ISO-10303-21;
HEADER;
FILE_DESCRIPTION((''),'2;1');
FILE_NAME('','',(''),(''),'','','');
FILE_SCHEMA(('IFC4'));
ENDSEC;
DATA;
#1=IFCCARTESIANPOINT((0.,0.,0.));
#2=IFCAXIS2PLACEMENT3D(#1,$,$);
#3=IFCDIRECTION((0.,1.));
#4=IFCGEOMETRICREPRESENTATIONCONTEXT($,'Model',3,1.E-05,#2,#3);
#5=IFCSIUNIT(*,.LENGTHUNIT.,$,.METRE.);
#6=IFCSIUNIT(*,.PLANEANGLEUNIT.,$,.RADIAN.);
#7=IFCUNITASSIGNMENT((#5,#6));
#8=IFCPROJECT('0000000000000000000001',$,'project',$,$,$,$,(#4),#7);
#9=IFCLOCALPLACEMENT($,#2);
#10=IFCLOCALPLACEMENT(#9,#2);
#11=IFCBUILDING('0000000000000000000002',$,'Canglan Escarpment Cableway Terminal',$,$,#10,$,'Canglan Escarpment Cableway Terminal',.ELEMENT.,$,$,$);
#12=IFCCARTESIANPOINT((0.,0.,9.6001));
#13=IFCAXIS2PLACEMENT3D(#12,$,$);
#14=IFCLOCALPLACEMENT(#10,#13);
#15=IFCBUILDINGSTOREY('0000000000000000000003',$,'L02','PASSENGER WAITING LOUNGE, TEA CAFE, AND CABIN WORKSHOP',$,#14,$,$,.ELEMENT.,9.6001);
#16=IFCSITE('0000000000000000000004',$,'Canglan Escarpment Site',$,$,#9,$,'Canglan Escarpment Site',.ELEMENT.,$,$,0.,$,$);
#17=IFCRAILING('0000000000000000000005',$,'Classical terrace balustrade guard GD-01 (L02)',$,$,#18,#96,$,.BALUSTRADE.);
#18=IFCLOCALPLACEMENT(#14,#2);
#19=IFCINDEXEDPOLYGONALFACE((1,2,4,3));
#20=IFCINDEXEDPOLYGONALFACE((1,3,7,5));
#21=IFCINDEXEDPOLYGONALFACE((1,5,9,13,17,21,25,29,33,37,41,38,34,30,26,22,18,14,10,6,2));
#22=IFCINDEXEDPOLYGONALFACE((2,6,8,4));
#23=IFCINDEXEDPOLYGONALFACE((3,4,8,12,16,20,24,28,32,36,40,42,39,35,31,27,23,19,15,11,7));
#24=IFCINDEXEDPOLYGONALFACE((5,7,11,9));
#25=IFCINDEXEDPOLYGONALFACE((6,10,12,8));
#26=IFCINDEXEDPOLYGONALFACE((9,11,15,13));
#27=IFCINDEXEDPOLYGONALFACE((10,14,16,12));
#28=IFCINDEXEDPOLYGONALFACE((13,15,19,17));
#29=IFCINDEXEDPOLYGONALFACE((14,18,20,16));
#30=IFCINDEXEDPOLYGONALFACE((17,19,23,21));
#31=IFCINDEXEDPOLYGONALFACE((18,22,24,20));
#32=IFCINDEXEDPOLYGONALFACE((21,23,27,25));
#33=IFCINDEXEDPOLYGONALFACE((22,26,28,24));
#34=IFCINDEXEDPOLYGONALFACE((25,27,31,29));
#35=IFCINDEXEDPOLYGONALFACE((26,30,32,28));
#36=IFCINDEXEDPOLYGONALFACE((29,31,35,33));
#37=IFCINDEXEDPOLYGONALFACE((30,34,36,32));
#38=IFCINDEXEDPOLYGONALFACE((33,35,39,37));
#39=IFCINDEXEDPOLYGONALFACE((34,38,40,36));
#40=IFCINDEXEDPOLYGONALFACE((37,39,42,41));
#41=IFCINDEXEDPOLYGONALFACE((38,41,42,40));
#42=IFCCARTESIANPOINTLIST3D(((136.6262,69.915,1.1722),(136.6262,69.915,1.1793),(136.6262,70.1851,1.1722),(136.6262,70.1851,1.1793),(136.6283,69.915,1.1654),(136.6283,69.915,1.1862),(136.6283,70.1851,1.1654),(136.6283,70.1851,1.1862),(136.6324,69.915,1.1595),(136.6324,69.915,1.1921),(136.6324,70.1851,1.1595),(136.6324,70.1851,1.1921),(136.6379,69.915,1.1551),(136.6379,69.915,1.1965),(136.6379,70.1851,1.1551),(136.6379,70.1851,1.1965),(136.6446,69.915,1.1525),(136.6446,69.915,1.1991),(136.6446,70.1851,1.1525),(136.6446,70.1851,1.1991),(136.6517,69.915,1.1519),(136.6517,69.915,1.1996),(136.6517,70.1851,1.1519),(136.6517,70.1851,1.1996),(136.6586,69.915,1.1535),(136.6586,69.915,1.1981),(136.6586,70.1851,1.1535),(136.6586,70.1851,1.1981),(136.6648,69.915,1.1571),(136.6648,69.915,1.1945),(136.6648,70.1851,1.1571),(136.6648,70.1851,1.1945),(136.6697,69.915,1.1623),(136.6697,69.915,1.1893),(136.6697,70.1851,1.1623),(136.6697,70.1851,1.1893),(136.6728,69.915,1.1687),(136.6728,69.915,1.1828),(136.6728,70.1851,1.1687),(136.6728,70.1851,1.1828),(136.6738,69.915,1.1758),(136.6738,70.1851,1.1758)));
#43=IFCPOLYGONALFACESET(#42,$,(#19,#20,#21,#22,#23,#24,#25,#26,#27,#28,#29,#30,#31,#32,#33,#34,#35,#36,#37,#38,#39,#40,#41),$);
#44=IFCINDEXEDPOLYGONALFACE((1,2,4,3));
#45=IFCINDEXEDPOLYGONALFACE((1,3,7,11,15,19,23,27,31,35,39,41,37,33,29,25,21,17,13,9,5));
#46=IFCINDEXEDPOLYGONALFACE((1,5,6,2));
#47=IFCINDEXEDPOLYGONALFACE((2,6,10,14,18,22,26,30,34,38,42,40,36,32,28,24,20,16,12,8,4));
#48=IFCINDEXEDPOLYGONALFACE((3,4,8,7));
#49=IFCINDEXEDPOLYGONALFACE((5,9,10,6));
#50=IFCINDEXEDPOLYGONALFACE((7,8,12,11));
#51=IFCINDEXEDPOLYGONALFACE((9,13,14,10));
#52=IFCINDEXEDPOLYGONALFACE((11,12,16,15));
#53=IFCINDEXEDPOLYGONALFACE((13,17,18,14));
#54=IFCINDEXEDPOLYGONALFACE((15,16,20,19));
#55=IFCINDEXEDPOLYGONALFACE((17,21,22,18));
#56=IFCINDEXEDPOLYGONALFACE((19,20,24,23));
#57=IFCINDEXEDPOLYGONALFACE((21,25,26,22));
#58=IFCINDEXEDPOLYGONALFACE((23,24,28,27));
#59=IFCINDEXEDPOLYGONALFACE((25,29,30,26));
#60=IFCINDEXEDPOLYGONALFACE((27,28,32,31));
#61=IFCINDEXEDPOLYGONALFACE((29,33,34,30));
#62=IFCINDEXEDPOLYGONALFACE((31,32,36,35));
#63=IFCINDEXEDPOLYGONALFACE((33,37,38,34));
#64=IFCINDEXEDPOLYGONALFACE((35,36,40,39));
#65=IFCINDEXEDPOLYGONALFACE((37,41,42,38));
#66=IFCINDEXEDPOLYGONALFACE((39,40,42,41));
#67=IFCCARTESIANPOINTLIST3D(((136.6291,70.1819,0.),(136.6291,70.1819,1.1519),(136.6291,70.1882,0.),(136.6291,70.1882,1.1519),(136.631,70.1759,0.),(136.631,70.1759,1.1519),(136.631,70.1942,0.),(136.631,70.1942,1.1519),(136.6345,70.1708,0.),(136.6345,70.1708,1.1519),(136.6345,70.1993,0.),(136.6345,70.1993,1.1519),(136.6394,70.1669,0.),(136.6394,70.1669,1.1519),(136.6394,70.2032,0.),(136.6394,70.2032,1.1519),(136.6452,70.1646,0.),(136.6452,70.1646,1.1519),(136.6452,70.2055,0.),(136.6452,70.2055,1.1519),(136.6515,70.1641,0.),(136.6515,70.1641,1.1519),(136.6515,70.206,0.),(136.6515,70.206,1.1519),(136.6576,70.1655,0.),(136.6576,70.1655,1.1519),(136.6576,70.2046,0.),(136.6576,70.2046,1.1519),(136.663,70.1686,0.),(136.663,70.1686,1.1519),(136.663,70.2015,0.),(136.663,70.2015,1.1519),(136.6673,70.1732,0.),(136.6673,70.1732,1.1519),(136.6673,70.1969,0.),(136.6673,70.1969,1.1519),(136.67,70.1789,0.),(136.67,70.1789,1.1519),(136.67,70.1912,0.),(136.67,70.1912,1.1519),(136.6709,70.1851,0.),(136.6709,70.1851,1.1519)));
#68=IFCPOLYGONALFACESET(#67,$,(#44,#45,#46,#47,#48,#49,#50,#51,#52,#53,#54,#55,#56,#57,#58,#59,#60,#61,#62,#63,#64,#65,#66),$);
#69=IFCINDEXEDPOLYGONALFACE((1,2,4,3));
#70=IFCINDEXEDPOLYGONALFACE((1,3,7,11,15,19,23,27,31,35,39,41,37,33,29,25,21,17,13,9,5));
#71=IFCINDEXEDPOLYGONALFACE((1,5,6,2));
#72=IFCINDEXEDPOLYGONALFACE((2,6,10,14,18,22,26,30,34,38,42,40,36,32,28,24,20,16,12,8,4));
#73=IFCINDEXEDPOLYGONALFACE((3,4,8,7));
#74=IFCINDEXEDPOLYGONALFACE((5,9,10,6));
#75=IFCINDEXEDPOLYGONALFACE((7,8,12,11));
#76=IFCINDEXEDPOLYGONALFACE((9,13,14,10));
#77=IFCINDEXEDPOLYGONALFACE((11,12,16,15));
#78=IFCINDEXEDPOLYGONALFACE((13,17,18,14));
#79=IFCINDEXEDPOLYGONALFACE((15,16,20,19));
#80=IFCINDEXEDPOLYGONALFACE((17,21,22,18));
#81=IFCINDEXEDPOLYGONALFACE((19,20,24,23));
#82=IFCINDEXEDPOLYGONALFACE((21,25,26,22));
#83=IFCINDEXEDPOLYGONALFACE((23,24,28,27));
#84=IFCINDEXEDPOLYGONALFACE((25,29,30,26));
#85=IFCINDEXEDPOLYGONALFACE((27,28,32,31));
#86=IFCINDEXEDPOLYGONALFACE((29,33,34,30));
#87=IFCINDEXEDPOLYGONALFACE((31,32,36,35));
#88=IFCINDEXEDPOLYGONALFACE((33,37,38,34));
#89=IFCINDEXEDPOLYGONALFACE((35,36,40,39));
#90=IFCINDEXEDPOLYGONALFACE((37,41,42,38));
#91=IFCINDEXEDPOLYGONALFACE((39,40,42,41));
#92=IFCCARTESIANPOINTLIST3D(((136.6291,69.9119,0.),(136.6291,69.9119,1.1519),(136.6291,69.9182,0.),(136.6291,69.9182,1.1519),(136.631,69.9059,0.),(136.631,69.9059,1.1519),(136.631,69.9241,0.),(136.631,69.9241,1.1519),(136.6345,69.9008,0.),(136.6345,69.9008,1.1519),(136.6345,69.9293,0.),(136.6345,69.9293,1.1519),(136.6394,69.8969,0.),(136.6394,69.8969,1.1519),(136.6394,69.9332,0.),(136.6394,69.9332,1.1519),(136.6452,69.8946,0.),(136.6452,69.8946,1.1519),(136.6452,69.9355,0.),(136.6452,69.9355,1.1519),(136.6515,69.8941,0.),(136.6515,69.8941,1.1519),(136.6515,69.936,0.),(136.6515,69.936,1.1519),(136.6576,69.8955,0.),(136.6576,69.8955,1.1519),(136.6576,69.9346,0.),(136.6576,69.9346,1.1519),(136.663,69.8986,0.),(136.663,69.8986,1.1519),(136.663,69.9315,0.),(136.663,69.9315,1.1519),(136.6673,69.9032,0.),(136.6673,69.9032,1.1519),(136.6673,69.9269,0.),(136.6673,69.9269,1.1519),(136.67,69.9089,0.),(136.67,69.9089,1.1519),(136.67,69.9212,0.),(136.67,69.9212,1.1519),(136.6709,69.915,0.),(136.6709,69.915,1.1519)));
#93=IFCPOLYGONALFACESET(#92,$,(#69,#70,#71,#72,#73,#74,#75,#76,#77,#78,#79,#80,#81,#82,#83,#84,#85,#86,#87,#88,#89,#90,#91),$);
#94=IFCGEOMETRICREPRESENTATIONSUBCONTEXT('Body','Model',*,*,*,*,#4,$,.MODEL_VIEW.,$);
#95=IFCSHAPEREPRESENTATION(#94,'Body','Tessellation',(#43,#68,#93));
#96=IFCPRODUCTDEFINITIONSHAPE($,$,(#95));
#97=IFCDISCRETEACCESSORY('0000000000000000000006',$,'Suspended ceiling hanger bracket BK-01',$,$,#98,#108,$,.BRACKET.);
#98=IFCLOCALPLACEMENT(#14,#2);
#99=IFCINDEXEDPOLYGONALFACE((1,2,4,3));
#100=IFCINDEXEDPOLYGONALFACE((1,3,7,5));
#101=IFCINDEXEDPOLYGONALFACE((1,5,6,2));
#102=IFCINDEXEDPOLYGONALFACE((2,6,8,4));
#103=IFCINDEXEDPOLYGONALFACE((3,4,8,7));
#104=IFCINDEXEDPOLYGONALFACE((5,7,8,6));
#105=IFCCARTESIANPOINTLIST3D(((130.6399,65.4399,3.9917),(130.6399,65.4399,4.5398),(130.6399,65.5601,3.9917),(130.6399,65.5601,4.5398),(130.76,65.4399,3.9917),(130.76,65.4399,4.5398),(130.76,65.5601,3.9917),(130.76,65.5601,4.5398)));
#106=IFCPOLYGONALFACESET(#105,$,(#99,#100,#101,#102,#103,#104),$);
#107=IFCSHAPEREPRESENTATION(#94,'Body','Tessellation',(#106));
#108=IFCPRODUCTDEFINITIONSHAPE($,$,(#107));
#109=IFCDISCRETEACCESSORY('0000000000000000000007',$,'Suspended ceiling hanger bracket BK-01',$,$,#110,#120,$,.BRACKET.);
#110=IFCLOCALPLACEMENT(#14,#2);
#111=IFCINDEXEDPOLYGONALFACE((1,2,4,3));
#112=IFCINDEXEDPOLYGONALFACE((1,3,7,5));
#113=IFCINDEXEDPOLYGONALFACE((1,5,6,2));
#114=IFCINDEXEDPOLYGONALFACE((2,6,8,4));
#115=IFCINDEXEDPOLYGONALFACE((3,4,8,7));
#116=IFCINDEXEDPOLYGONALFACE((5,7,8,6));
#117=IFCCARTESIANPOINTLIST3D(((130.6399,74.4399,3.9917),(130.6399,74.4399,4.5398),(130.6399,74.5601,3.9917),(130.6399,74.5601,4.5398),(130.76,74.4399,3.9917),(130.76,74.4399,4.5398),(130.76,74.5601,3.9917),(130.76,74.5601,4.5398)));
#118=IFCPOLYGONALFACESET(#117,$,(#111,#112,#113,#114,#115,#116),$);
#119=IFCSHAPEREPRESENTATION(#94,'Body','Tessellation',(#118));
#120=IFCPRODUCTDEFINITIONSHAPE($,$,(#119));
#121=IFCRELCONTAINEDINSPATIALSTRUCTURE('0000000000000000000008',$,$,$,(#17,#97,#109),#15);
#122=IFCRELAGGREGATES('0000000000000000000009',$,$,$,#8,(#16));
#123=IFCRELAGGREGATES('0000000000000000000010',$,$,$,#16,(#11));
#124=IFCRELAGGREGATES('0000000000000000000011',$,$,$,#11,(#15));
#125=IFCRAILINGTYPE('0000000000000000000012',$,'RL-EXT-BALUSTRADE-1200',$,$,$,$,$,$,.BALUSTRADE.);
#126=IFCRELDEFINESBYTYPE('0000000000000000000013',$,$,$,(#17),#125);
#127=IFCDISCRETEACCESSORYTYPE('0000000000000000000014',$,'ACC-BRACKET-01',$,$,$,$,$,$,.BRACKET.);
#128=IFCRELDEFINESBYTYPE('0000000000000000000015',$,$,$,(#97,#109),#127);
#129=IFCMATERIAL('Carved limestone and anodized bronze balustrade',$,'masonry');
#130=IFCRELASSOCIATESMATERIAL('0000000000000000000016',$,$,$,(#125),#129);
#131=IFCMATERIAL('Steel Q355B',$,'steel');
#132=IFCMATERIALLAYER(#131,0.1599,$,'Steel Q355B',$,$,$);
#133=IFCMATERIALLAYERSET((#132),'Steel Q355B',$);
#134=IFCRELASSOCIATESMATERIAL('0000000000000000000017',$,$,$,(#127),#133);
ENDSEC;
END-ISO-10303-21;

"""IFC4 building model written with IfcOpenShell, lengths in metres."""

from ifc_helpers import new_model, si_unit, direction, frame, origin, origin_2d, place, context, subcontext, project, spatial, rectangle, circle, extrude, material, layer, layer_set, type_object, element, save


model = new_model("IFC4")

# Units and contexts
model_context = context("Model", 3, precision=1e-05, world=origin(), true_north=direction((0.0, 1.0)))
body_context = subcontext(model_context, "Body", "Model", "MODEL_VIEW")
ifc_project = project(units=[si_unit("LENGTHUNIT", "METRE"), si_unit("PLANEANGLEUNIT", "RADIAN")], contexts=[model_context])

# Site, building, storey
site_placement = place(None, origin())
site = spatial("IfcSite", under=ifc_project, at=site_placement, Name="Canglan Escarpment Site", LongName="Canglan Escarpment Site", CompositionType="ELEMENT", RefElevation=0.0)
building_placement = place(site_placement, origin())
building = spatial("IfcBuilding", under=site, at=building_placement, Name="Canglan Escarpment Cableway Terminal", LongName="Canglan Escarpment Cableway Terminal", CompositionType="ELEMENT")
storey_placement = place(building_placement, frame((0.0, 0.0, 9.6001)))
storey = spatial("IfcBuildingStorey", under=building, at=storey_placement, Name="L02", Description="PASSENGER WAITING LOUNGE, TEA CAFE, AND CABIN WORKSHOP", CompositionType="ELEMENT", Elevation=9.6001)

# Shared definitions
ifc_material_1 = material(Name="Steel Q355B", Category="steel")

# Railing
ifc_material_2 = material(Name="Carved limestone and anodized bronze balustrade", Category="masonry")
railing_type = type_object("IfcRailingType", Name="RL-EXT-BALUSTRADE-1200", PredefinedType="BALUSTRADE", material=ifc_material_2)
railing_placement = place(storey_placement, frame((136.6499, 70.1851, 0.0)))
element("IfcRailing", 1, at=railing_placement, inside=storey, type_object=railing_type, Name="Classical terrace balustrade guard GD-01 (L02)", PredefinedType="BALUSTRADE", context=body_context, shape_type="SweptSolid", body=[
    extrude(circle(Radius=0.0239, at=origin_2d()), frame((0.0, 0.0, 1.1758), z_axis=(0.0, -1.0, 0.0), x_axis=(1.0, 0.0, 0.0)), (0.0, 0.0, 1.0), 0.27),
    extrude(circle(Radius=0.021, at=origin_2d()), origin(), (0.0, 0.0, 1.0), 1.1519),
    extrude(circle(Radius=0.021, at=origin_2d()), frame((0.0, -0.27, 0.0)), (0.0, 0.0, 1.0), 1.1519),
])

# Discrete accessories
ifc_layer_1 = layer(ifc_material_1, 0.1599, Name="Steel Q355B")
ifc_layer_set_1 = layer_set([ifc_layer_1], Name="Steel Q355B")
discrete_accessory_type = type_object("IfcDiscreteAccessoryType", Name="ACC-BRACKET-01", PredefinedType="BRACKET", material=ifc_layer_set_1)
for number, where, z_axis, x_axis, name in (
    (2, (130.7, 65.5, 3.9917), (0.0, 0.0, 1.0), (1.0, 0.0, 0.0), "Suspended ceiling hanger bracket BK-01"),
    (3, (130.7, 74.5, 3.9917), (0.0, 0.0, 1.0), (1.0, 0.0, 0.0), "Suspended ceiling hanger bracket BK-01"),
):
    element("IfcDiscreteAccessory", number, at=place(storey_placement, frame(where, z_axis=z_axis, x_axis=x_axis)), inside=storey, type_object=discrete_accessory_type, Name=name, PredefinedType="BRACKET", context=body_context, shape_type="SweptSolid", body=[
        extrude(rectangle(XDim=0.1201, YDim=0.1201, at=origin_2d()), origin(), (0.0, 0.0, 1.0), 0.5481),
    ])

save(model, "model.ifc")
